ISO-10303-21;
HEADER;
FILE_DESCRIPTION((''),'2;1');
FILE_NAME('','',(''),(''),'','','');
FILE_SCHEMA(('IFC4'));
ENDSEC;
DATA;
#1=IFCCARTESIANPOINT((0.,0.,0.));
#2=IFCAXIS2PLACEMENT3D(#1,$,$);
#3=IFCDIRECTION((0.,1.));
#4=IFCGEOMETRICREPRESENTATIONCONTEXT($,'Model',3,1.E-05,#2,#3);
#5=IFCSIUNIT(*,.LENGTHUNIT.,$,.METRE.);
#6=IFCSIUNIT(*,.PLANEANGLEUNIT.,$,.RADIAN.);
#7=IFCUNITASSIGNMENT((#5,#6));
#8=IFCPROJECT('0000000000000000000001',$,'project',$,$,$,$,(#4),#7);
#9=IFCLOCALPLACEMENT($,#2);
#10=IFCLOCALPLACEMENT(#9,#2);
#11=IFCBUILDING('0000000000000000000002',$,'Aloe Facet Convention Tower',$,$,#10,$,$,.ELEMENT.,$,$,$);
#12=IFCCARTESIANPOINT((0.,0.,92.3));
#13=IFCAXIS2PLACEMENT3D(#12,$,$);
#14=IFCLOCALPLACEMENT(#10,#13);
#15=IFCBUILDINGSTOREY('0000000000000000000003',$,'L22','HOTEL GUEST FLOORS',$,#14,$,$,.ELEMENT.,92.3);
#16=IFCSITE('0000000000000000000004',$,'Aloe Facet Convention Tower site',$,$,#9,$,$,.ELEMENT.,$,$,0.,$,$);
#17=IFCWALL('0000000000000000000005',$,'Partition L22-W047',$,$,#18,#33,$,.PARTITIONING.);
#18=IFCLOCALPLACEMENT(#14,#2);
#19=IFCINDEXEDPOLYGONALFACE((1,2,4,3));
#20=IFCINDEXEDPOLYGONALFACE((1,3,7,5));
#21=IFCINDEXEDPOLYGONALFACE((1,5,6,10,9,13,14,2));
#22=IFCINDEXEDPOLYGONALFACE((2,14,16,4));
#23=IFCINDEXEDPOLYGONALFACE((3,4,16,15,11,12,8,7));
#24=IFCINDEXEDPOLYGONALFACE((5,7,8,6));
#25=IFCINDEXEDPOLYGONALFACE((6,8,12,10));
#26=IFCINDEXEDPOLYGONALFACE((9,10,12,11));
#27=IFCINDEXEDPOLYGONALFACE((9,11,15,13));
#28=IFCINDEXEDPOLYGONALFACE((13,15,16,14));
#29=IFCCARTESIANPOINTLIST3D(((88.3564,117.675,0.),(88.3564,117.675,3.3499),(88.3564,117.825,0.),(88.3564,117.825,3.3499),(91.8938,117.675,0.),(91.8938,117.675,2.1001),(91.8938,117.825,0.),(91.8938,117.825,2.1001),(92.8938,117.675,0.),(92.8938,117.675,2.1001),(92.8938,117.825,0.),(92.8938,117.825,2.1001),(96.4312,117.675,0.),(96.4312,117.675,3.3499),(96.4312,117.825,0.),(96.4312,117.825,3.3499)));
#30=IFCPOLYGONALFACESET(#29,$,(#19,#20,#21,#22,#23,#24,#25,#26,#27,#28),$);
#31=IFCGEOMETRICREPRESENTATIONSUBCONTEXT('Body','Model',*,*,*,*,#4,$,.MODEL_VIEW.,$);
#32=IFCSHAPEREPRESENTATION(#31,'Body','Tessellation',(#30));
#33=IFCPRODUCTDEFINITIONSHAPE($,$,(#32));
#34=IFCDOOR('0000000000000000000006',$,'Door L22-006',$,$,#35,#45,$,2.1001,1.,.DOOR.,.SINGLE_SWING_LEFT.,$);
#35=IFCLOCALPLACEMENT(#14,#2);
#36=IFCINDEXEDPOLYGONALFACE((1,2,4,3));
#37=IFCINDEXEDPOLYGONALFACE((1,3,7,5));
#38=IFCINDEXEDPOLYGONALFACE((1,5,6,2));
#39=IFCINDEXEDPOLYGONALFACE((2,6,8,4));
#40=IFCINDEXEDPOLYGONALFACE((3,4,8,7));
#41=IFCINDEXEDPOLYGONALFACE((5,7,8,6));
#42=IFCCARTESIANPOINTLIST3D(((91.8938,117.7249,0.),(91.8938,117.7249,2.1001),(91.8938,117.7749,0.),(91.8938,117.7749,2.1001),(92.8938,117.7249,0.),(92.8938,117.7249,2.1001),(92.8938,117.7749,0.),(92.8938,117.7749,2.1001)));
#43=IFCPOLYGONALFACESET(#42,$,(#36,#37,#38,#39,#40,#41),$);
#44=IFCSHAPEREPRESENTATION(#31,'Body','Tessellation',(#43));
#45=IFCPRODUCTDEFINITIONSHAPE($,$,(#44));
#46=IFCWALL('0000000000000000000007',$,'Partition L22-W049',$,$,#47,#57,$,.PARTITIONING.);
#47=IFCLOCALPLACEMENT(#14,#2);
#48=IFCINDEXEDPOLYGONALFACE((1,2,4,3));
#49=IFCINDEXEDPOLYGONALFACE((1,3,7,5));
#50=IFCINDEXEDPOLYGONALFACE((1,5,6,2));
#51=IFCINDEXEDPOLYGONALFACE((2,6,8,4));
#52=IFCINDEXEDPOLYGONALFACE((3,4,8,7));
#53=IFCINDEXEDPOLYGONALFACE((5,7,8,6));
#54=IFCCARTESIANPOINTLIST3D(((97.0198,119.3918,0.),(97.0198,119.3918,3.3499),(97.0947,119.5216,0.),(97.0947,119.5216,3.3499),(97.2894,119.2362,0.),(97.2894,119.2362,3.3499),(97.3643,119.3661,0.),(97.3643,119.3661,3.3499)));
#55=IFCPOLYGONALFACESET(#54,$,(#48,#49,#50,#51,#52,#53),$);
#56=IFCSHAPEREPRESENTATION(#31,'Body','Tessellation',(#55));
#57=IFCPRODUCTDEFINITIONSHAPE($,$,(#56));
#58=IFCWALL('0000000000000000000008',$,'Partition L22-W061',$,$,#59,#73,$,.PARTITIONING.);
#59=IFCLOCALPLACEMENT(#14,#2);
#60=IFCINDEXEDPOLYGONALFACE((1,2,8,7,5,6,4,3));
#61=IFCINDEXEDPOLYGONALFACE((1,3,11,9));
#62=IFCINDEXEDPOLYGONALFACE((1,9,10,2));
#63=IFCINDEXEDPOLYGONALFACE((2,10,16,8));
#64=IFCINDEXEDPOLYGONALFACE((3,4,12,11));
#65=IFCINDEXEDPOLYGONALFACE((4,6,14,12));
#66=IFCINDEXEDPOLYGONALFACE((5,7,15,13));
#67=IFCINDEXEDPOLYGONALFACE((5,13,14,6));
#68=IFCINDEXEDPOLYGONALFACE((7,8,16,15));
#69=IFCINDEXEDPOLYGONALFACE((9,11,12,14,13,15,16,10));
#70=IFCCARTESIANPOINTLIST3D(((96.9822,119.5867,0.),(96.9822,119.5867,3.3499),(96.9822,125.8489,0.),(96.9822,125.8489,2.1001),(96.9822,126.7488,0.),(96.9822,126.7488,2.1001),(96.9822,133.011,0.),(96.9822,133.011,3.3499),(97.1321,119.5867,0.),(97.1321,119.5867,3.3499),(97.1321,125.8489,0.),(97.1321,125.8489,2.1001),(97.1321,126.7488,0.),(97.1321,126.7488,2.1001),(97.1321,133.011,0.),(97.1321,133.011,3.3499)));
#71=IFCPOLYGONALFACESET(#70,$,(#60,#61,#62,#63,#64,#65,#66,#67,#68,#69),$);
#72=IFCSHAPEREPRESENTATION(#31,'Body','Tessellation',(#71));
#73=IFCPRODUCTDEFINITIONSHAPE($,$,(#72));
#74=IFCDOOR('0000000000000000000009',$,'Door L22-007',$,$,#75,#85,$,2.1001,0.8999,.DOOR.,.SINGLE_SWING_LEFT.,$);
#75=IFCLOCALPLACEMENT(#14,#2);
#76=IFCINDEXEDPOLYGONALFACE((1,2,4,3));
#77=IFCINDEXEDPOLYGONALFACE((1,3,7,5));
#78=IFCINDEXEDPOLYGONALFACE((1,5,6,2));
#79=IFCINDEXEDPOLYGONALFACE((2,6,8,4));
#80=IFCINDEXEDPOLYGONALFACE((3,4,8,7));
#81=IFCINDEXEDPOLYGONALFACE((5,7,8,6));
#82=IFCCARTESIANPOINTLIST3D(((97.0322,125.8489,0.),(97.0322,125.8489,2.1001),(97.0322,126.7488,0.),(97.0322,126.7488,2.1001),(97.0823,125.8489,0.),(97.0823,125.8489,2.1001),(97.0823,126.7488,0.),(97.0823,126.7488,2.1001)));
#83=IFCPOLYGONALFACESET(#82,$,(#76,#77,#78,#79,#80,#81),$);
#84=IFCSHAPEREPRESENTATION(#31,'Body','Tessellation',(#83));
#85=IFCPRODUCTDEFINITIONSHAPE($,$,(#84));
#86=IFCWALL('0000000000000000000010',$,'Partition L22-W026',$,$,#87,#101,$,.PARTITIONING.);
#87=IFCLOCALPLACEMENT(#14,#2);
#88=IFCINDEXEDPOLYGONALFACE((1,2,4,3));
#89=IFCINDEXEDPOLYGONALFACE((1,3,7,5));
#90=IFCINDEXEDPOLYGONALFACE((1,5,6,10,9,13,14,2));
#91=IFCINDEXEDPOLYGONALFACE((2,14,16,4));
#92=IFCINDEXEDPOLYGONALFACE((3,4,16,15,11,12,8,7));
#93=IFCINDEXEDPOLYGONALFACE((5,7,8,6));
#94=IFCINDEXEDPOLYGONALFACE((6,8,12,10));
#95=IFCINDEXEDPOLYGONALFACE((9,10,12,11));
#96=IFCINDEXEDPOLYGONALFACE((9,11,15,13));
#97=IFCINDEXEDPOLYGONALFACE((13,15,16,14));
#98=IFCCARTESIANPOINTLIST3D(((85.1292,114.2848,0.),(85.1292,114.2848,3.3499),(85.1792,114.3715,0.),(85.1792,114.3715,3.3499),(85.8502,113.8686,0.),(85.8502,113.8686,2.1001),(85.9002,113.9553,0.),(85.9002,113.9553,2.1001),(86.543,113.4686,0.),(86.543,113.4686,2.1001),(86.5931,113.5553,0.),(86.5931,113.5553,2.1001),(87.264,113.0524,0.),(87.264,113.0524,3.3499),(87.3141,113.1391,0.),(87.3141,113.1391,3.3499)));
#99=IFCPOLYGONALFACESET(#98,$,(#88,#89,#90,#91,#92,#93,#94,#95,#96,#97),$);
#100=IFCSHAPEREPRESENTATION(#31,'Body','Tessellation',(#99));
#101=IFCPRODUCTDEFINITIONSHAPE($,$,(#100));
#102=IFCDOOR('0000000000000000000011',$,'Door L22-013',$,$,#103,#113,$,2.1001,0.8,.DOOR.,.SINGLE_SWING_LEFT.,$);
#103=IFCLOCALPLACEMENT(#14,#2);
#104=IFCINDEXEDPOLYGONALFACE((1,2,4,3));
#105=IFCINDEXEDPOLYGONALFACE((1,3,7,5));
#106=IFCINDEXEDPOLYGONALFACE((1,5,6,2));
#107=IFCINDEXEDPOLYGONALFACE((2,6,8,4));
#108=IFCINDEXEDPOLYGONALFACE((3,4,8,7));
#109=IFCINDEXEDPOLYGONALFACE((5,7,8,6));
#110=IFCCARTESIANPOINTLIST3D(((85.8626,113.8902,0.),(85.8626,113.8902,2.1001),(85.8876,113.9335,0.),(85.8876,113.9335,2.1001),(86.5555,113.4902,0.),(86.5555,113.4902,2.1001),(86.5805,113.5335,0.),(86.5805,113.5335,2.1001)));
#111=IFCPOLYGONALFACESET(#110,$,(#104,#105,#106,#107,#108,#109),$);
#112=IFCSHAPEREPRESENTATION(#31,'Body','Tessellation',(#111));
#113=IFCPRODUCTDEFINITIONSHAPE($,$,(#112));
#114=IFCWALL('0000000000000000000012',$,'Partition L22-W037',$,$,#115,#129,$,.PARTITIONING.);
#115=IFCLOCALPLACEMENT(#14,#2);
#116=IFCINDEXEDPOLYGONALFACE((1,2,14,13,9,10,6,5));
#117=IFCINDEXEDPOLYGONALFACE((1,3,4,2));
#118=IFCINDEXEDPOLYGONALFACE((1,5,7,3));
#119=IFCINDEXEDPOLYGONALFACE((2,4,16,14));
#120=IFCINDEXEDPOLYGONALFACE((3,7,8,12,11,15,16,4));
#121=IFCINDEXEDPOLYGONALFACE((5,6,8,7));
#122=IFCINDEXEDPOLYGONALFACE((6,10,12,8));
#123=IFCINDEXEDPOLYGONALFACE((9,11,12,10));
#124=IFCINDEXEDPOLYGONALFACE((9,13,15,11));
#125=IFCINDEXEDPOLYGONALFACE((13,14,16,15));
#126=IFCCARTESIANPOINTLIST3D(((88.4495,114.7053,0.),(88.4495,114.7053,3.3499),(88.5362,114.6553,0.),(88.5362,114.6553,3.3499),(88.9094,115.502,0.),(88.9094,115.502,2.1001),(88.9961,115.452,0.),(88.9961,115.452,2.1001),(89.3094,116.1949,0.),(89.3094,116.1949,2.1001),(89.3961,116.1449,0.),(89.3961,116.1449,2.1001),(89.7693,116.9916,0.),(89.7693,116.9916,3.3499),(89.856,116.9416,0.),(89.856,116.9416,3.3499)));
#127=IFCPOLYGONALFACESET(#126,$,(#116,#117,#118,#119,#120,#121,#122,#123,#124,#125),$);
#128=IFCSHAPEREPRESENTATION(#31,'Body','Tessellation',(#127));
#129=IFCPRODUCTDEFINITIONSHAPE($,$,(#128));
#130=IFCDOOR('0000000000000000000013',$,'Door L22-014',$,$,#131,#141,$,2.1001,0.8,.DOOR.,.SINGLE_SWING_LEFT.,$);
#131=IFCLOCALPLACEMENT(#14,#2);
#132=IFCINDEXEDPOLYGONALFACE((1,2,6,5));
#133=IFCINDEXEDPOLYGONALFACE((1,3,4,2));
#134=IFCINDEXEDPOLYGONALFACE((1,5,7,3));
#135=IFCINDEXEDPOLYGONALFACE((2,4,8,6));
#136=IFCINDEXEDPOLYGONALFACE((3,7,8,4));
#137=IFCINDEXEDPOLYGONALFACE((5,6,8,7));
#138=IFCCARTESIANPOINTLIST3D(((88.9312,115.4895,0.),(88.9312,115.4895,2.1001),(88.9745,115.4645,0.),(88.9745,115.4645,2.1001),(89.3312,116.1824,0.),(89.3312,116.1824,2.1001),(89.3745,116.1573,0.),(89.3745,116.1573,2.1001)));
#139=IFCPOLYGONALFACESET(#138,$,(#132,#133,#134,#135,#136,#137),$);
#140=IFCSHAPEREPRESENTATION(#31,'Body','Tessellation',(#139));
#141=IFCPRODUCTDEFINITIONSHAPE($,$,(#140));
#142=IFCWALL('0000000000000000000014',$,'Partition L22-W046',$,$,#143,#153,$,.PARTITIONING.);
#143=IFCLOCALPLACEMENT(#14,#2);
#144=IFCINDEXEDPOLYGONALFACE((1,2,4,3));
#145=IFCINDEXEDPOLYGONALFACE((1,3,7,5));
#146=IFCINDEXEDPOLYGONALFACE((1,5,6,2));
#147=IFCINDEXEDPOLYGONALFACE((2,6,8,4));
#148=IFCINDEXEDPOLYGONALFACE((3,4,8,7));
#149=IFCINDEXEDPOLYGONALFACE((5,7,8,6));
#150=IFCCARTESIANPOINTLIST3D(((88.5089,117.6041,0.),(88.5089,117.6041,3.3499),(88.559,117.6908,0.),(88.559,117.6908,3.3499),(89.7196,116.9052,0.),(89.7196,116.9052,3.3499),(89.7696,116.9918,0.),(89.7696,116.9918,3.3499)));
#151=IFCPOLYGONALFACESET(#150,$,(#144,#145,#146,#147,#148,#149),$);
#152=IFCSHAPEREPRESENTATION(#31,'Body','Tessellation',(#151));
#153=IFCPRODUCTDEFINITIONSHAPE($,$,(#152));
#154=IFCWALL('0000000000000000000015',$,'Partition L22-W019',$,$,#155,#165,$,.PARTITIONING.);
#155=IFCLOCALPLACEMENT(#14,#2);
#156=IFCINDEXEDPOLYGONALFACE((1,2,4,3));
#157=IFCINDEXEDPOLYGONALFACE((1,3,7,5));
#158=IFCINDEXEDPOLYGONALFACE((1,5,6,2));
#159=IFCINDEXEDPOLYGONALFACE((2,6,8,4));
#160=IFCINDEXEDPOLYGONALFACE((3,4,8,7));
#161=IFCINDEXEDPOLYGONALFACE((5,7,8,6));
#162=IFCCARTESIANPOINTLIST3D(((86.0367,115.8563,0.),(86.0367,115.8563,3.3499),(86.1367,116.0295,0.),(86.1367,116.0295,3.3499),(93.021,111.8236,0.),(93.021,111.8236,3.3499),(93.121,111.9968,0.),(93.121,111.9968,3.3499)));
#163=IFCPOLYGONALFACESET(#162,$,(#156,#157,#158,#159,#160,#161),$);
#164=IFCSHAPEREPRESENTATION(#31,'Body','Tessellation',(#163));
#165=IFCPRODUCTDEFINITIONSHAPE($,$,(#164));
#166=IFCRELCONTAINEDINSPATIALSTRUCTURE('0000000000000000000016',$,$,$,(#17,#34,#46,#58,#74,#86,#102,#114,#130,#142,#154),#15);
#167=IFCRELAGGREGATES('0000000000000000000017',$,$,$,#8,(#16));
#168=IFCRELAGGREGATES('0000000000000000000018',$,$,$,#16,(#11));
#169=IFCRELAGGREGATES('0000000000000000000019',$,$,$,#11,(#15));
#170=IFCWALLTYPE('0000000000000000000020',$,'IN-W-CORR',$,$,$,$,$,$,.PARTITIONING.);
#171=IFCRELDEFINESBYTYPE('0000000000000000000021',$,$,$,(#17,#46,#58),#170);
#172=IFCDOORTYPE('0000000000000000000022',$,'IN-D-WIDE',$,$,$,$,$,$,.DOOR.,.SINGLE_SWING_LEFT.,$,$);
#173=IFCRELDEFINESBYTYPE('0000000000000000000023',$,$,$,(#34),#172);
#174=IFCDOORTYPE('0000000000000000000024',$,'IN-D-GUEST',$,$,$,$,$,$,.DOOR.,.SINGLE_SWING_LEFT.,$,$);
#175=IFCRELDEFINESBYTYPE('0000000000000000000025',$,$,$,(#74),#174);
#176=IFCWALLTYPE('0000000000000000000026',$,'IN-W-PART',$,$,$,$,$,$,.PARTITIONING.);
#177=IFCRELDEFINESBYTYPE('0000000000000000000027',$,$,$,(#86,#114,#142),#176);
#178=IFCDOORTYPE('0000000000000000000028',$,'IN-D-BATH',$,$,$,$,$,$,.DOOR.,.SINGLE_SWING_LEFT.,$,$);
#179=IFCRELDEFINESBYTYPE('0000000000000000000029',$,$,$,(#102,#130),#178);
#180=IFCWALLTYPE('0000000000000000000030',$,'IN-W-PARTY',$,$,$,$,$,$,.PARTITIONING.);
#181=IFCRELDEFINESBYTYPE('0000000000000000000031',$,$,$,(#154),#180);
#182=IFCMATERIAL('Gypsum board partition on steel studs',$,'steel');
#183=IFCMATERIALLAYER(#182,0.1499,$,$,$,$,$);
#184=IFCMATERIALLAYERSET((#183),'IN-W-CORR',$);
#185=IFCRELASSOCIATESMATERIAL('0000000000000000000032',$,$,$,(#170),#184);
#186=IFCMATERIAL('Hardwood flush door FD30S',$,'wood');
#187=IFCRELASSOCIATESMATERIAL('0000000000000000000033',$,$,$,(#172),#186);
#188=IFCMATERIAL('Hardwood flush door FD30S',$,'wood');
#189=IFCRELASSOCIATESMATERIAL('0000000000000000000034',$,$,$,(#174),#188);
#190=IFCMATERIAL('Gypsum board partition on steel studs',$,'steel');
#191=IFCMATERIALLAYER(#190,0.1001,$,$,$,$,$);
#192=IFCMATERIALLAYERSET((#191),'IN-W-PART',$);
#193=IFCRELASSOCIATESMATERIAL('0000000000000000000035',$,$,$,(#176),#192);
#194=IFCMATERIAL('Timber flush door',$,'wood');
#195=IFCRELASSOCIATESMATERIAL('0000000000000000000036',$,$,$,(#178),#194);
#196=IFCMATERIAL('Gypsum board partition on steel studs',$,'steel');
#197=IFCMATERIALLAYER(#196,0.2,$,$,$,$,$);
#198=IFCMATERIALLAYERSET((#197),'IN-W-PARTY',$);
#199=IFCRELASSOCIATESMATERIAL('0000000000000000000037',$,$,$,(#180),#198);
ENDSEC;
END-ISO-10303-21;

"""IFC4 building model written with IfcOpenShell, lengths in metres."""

from ifc_helpers import new_model, si_unit, direction, frame, frame_2d, origin, place, context, subcontext, project, spatial, rectangle, extrude, material, layer, layer_set, type_object, element, fill, save


model = new_model("IFC4")

# Units and contexts
model_context = context("Model", 3, precision=1e-05, world=origin(), true_north=direction((0.0, 1.0)))
body_context = subcontext(model_context, "Body", "Model", "MODEL_VIEW")
ifc_project = project(units=[si_unit("LENGTHUNIT", "METRE"), si_unit("PLANEANGLEUNIT", "RADIAN")], contexts=[model_context])

# Site, building, storey
site_placement = place(None, origin())
site = spatial("IfcSite", under=ifc_project, at=site_placement, Name="Aloe Facet Convention Tower site", CompositionType="ELEMENT", RefElevation=0.0)
building_placement = place(site_placement, origin())
building = spatial("IfcBuilding", under=site, at=building_placement, Name="Aloe Facet Convention Tower", CompositionType="ELEMENT")
storey_placement = place(building_placement, frame((0.0, 0.0, 92.3)))
storey = spatial("IfcBuildingStorey", under=building, at=storey_placement, Name="L22", Description="HOTEL GUEST FLOORS", CompositionType="ELEMENT", Elevation=92.3)

# Shared definitions
ifc_material_1 = material(Name="Gypsum board partition on steel studs", Category="steel")
ifc_layer_1 = layer(ifc_material_1, 0.1499)
ifc_layer_set_1 = layer_set([ifc_layer_1], Name="IN-W-CORR")
wall_type_1 = type_object("IfcWallType", Name="IN-W-CORR", PredefinedType="PARTITIONING", material=ifc_layer_set_1)
ifc_material_2 = material(Name="Hardwood flush door FD30S", Category="wood")
door_type_1 = type_object("IfcDoorType", Name="IN-D-WIDE", OperationType="SINGLE_SWING_LEFT", PredefinedType="DOOR", material=ifc_material_2)

# Shared definitions
ifc_material_3 = material(Name="Hardwood flush door FD30S", Category="wood")
door_type_2 = type_object("IfcDoorType", Name="IN-D-GUEST", OperationType="SINGLE_SWING_LEFT", PredefinedType="DOOR", material=ifc_material_3)

# Wall, opening, door
wall_1_placement = place(storey_placement, frame((88.3564, 117.75, 0.0), z_axis=(0.0, 0.0, 1.0), x_axis=(1.0, 0.0, 0.0)))
wall_1 = element("IfcWall", 1, at=wall_1_placement, inside=storey, type_object=wall_type_1, Name="Partition L22-W047", PredefinedType="PARTITIONING", context=body_context, shape_type="SweptSolid", body=[
    extrude(rectangle(XDim=8.0747, YDim=0.1499, at=frame_2d((4.0374, 0.0))), origin(), (0.0, 0.0, 1.0), 3.3499),
])
opening_1_placement = place(wall_1_placement, frame((3.5374, 0.0, 0.0)))
opening_1 = element("IfcOpeningElement", 2, at=opening_1_placement, cuts=wall_1, PredefinedType="OPENING", context=body_context, shape_type="SweptSolid", body=[
    extrude(rectangle(XDim=1.0, YDim=2.1001, at=frame_2d((0.5, 1.05))), frame((0.0, 0.085, 0.0), z_axis=(0.0, -1.0, 0.0), x_axis=(1.0, 0.0, 0.0)), (0.0, 0.0, 1.0), 0.1699),
])
door_1_placement = place(opening_1_placement, origin())
door_1 = element("IfcDoor", 3, at=door_1_placement, inside=storey, type_object=door_type_1, Name="Door L22-006", OperationType="SINGLE_SWING_LEFT", OverallHeight=2.1001, OverallWidth=1.0, PredefinedType="DOOR", context=body_context, shape_type="SweptSolid", body=[
    extrude(rectangle(XDim=1.0, YDim=2.1001, at=frame_2d((0.5, 1.05))), frame((0.0, 0.0249, 0.0), z_axis=(0.0, -1.0, 0.0), x_axis=(1.0, 0.0, 0.0)), (0.0, 0.0, 1.0), 0.05),
])
fill(opening_1, door_1)

# Wall
wall_2_placement = place(storey_placement, frame((97.0571, 119.4568, 0.0), z_axis=(0.0, 0.0, 1.0), x_axis=(0.866159, -0.499768, 0.0)))
element("IfcWall", 4, at=wall_2_placement, inside=storey, type_object=wall_type_1, Name="Partition L22-W049", PredefinedType="PARTITIONING", context=body_context, shape_type="SweptSolid", body=[
    extrude(rectangle(XDim=0.3113, YDim=0.1499, at=frame_2d((0.1558, 0.0))), origin(), (0.0, 0.0, 1.0), 3.3499),
])

# Walls, openings, doors
wall_3_placement = place(storey_placement, frame((97.0571, 119.5867, 0.0), z_axis=(0.0, 0.0, 1.0), x_axis=(0.0, 1.0, 0.0)))
wall_3 = element("IfcWall", 5, at=wall_3_placement, inside=storey, type_object=wall_type_1, Name="Partition L22-W061", PredefinedType="PARTITIONING", context=body_context, shape_type="SweptSolid", body=[
    extrude(rectangle(XDim=13.4243, YDim=0.1499, at=frame_2d((6.7122, 0.0))), origin(), (0.0, 0.0, 1.0), 3.3499),
])
opening_2_placement = place(wall_3_placement, frame((6.2622, 0.0, 0.0)))
opening_2 = element("IfcOpeningElement", 6, at=opening_2_placement, cuts=wall_3, PredefinedType="OPENING", context=body_context, shape_type="SweptSolid", body=[
    extrude(rectangle(XDim=0.8999, YDim=2.1001, at=frame_2d((0.45, 1.05))), frame((0.0, 0.085, 0.0), z_axis=(0.0, -1.0, 0.0), x_axis=(1.0, 0.0, 0.0)), (0.0, 0.0, 1.0), 0.1699),
])
door_2_placement = place(opening_2_placement, origin())
door_2 = element("IfcDoor", 7, at=door_2_placement, inside=storey, type_object=door_type_2, Name="Door L22-007", OperationType="SINGLE_SWING_LEFT", OverallHeight=2.1001, OverallWidth=0.8999, PredefinedType="DOOR", context=body_context, shape_type="SweptSolid", body=[
    extrude(rectangle(XDim=0.8999, YDim=2.1001, at=frame_2d((0.45, 1.05))), frame((0.0, 0.0249, 0.0), z_axis=(0.0, -1.0, 0.0), x_axis=(1.0, 0.0, 0.0)), (0.0, 0.0, 1.0), 0.05),
])
fill(opening_2, door_2)
ifc_material_4 = material(Name="Gypsum board partition on steel studs", Category="steel")
ifc_layer_2 = layer(ifc_material_4, 0.1001)
ifc_layer_set_2 = layer_set([ifc_layer_2], Name="IN-W-PART")
wall_type_2 = type_object("IfcWallType", Name="IN-W-PART", PredefinedType="PARTITIONING", material=ifc_layer_set_2)
wall_4_placement = place(storey_placement, frame((85.1543, 114.3281, 0.0), z_axis=(0.0, 0.0, 1.0), x_axis=(0.86604, -0.499974, 0.0)))
wall_4 = element("IfcWall", 8, at=wall_4_placement, inside=storey, type_object=wall_type_2, Name="Partition L22-W026", PredefinedType="PARTITIONING", context=body_context, shape_type="SweptSolid", body=[
    extrude(rectangle(XDim=2.4651, YDim=0.1001, at=frame_2d((1.2324, 0.0))), origin(), (0.0, 0.0, 1.0), 3.3499),
])
opening_3_placement = place(wall_4_placement, frame((0.8325, 0.0, 0.0)))
opening_3 = element("IfcOpeningElement", 9, at=opening_3_placement, cuts=wall_4, PredefinedType="OPENING", context=body_context, shape_type="SweptSolid", body=[
    extrude(rectangle(XDim=0.8, YDim=2.1001, at=frame_2d((0.3999, 1.05))), frame((0.0, 0.0601, 0.0), z_axis=(0.0, -1.0, 0.0), x_axis=(1.0, 0.0, 0.0)), (0.0, 0.0, 1.0), 0.1201),
])
ifc_material_5 = material(Name="Timber flush door", Category="wood")
door_type_3 = type_object("IfcDoorType", Name="IN-D-BATH", OperationType="SINGLE_SWING_LEFT", PredefinedType="DOOR", material=ifc_material_5)
door_3_placement = place(opening_3_placement, origin())
door_3 = element("IfcDoor", 10, at=door_3_placement, inside=storey, type_object=door_type_3, Name="Door L22-013", OperationType="SINGLE_SWING_LEFT", OverallHeight=2.1001, OverallWidth=0.8, PredefinedType="DOOR", context=body_context, shape_type="SweptSolid", body=[
    extrude(rectangle(XDim=0.8, YDim=2.1001, at=frame_2d((0.3999, 1.05))), frame((0.0, 0.0249, 0.0), z_axis=(0.0, -1.0, 0.0), x_axis=(1.0, 0.0, 0.0)), (0.0, 0.0, 1.0), 0.05),
])
fill(opening_3, door_3)
wall_5_placement = place(storey_placement, frame((88.4929, 114.6804, 0.0), z_axis=(0.0, 0.0, 1.0), x_axis=(0.499939, 0.866061, 0.0)))
wall_5 = element("IfcWall", 11, at=wall_5_placement, inside=storey, type_object=wall_type_2, Name="Partition L22-W037", PredefinedType="PARTITIONING", context=body_context, shape_type="SweptSolid", body=[
    extrude(rectangle(XDim=2.6399, YDim=0.1001, at=frame_2d((1.3198, 0.0))), origin(), (0.0, 0.0, 1.0), 3.3499),
])
opening_4_placement = place(wall_5_placement, frame((0.9199, 0.0, 0.0)))
opening_4 = element("IfcOpeningElement", 12, at=opening_4_placement, cuts=wall_5, PredefinedType="OPENING", context=body_context, shape_type="SweptSolid", body=[
    extrude(rectangle(XDim=0.8, YDim=2.1001, at=frame_2d((0.3999, 1.05))), frame((0.0, 0.0601, 0.0), z_axis=(0.0, -1.0, 0.0), x_axis=(1.0, 0.0, 0.0)), (0.0, 0.0, 1.0), 0.1201),
])
door_4_placement = place(opening_4_placement, origin())
door_4 = element("IfcDoor", 13, at=door_4_placement, inside=storey, type_object=door_type_3, Name="Door L22-014", OperationType="SINGLE_SWING_LEFT", OverallHeight=2.1001, OverallWidth=0.8, PredefinedType="DOOR", context=body_context, shape_type="SweptSolid", body=[
    extrude(rectangle(XDim=0.8, YDim=2.1001, at=frame_2d((0.3999, 1.05))), frame((0.0, 0.0249, 0.0), z_axis=(0.0, -1.0, 0.0), x_axis=(1.0, 0.0, 0.0)), (0.0, 0.0, 1.0), 0.05),
])
fill(opening_4, door_4)

# Walls
wall_6_placement = place(storey_placement, frame((88.5339, 117.6475, 0.0), z_axis=(0.0, 0.0, 1.0), x_axis=(0.866031, -0.49999, 0.0)))
element("IfcWall", 14, at=wall_6_placement, inside=storey, type_object=wall_type_2, Name="Partition L22-W046", PredefinedType="PARTITIONING", context=body_context, shape_type="SweptSolid", body=[
    extrude(rectangle(XDim=1.3979, YDim=0.1001, at=frame_2d((0.699, 0.0))), origin(), (0.0, 0.0, 1.0), 3.3499),
])
ifc_material_6 = material(Name="Gypsum board partition on steel studs", Category="steel")
ifc_layer_3 = layer(ifc_material_6, 0.2)
ifc_layer_set_3 = layer_set([ifc_layer_3], Name="IN-W-PARTY")
wall_type_3 = type_object("IfcWallType", Name="IN-W-PARTY", PredefinedType="PARTITIONING", material=ifc_layer_set_3)
wall_7_placement = place(storey_placement, frame((86.0867, 115.9429, 0.0), z_axis=(0.0, 0.0, 1.0), x_axis=(0.86601, -0.500026, 0.0)))
element("IfcWall", 15, at=wall_7_placement, inside=storey, type_object=wall_type_3, Name="Partition L22-W019", PredefinedType="PARTITIONING", context=body_context, shape_type="SweptSolid", body=[
    extrude(rectangle(XDim=8.0649, YDim=0.2, at=frame_2d((4.0325, 0.0))), origin(), (0.0, 0.0, 1.0), 3.3499),
])

save(model, "model.ifc")
